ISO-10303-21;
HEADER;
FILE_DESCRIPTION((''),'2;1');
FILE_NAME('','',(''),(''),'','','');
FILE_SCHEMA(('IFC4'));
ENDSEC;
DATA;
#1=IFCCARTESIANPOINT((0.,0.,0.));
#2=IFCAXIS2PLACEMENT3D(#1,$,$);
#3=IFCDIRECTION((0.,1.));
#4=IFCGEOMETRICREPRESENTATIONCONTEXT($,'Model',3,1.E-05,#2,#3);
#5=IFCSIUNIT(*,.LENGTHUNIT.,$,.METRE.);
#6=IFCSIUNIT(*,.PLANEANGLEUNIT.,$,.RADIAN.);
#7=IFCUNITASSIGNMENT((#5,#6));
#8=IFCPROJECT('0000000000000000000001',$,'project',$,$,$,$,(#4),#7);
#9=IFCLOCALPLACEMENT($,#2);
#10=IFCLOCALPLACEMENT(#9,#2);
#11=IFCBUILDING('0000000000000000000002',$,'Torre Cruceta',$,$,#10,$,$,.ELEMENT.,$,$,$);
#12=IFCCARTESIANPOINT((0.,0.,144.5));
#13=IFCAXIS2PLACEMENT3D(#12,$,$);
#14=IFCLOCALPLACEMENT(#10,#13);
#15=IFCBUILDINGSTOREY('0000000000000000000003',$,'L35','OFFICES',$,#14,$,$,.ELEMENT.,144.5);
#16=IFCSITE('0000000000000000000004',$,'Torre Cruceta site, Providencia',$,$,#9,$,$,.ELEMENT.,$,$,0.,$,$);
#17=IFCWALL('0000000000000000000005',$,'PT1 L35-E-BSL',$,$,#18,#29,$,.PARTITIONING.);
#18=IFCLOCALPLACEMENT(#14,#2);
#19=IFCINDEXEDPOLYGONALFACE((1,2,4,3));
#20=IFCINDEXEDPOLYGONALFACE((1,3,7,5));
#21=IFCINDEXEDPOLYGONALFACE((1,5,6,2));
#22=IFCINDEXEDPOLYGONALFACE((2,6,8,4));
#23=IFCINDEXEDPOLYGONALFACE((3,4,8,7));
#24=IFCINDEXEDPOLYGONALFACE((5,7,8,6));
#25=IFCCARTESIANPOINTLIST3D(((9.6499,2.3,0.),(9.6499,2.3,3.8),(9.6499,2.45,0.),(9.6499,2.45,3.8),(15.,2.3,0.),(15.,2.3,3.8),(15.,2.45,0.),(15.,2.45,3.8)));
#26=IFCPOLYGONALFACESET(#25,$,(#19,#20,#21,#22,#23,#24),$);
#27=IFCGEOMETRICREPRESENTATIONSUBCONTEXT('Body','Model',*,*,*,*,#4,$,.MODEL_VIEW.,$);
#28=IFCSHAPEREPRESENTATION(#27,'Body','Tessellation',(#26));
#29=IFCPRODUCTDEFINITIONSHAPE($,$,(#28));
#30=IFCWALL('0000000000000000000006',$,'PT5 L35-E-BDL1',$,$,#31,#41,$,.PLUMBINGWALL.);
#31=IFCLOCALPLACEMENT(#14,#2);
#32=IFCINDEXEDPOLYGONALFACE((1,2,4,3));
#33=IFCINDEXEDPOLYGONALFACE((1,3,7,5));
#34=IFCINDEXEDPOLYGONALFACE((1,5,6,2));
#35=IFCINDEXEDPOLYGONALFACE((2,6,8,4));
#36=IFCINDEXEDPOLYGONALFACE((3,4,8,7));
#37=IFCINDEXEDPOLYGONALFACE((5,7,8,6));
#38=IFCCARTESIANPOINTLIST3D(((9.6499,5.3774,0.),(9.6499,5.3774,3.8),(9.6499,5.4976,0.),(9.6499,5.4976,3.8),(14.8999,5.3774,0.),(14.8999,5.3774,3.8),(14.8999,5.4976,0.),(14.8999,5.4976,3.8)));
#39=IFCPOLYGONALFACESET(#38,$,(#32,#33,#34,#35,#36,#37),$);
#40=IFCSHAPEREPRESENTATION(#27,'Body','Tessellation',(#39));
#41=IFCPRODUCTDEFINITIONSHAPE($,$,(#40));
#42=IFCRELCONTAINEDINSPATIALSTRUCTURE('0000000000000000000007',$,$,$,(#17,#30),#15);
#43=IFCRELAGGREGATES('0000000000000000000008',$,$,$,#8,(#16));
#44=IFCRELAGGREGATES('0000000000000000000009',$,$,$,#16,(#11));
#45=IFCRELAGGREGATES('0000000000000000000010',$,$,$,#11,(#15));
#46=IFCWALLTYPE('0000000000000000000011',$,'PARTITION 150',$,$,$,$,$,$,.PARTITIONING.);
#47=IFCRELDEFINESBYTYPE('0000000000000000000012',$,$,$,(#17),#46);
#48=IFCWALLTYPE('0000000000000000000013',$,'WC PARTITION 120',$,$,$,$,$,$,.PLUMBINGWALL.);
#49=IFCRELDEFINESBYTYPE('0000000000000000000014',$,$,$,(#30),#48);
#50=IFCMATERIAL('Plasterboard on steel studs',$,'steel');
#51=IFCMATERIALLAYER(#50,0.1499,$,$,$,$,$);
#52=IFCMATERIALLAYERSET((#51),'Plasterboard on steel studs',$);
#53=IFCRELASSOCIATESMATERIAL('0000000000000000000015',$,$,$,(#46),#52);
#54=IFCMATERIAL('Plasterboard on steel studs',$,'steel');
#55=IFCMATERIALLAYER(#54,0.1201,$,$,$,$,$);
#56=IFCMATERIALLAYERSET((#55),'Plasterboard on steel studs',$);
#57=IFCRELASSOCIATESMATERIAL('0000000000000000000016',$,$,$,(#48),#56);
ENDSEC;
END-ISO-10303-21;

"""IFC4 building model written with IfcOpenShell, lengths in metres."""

from ifc_helpers import new_model, si_unit, direction, frame, frame_2d, origin, place, context, subcontext, project, spatial, rectangle, extrude, material, layer, layer_set, type_object, element, save


model = new_model("IFC4")

# Units and contexts
model_context = context("Model", 3, precision=1e-05, world=origin(), true_north=direction((0.0, 1.0)))
body_context = subcontext(model_context, "Body", "Model", "MODEL_VIEW")
ifc_project = project(units=[si_unit("LENGTHUNIT", "METRE"), si_unit("PLANEANGLEUNIT", "RADIAN")], contexts=[model_context])

# Site, building, storey
site_placement = place(None, origin())
site = spatial("IfcSite", under=ifc_project, at=site_placement, Name="Torre Cruceta site, Providencia", CompositionType="ELEMENT", RefElevation=0.0)
building_placement = place(site_placement, origin())
building = spatial("IfcBuilding", under=site, at=building_placement, Name="Torre Cruceta", CompositionType="ELEMENT")
storey_placement = place(building_placement, frame((0.0, 0.0, 144.5)))
storey = spatial("IfcBuildingStorey", under=building, at=storey_placement, Name="L35", Description="OFFICES", CompositionType="ELEMENT", Elevation=144.5)

# Shared definitions
ifc_material_1 = material(Name="Plasterboard on steel studs", Category="steel")
ifc_layer_1 = layer(ifc_material_1, 0.1499)
ifc_layer_set_1 = layer_set([ifc_layer_1], Name="Plasterboard on steel studs")
wall_type_1 = type_object("IfcWallType", Name="PARTITION 150", PredefinedType="PARTITIONING", material=ifc_layer_set_1)

# Walls
wall_1_placement = place(storey_placement, frame((9.6499, 2.375, 0.0), z_axis=(0.0, 0.0, 1.0), x_axis=(1.0, 0.0, 0.0)))
element("IfcWall", 1, at=wall_1_placement, inside=storey, type_object=wall_type_1, Name="PT1 L35-E-BSL", PredefinedType="PARTITIONING", context=body_context, shape_type="SweptSolid", body=[
    extrude(rectangle(XDim=5.3501, YDim=0.1499, at=frame_2d((2.675, 0.0))), origin(), (0.0, 0.0, 1.0), 3.8),
])
ifc_material_2 = material(Name="Plasterboard on steel studs", Category="steel")
ifc_layer_2 = layer(ifc_material_2, 0.1201)
ifc_layer_set_2 = layer_set([ifc_layer_2], Name="Plasterboard on steel studs")
wall_type_2 = type_object("IfcWallType", Name="WC PARTITION 120", PredefinedType="PLUMBINGWALL", material=ifc_layer_set_2)
wall_2_placement = place(storey_placement, frame((9.6499, 5.4375, 0.0), z_axis=(0.0, 0.0, 1.0), x_axis=(1.0, 0.0, 0.0)))
element("IfcWall", 2, at=wall_2_placement, inside=storey, type_object=wall_type_2, Name="PT5 L35-E-BDL1", PredefinedType="PLUMBINGWALL", context=body_context, shape_type="SweptSolid", body=[
    extrude(rectangle(XDim=5.25, YDim=0.1201, at=frame_2d((2.625, 0.0))), origin(), (0.0, 0.0, 1.0), 3.8),
])

save(model, "model.ifc")
